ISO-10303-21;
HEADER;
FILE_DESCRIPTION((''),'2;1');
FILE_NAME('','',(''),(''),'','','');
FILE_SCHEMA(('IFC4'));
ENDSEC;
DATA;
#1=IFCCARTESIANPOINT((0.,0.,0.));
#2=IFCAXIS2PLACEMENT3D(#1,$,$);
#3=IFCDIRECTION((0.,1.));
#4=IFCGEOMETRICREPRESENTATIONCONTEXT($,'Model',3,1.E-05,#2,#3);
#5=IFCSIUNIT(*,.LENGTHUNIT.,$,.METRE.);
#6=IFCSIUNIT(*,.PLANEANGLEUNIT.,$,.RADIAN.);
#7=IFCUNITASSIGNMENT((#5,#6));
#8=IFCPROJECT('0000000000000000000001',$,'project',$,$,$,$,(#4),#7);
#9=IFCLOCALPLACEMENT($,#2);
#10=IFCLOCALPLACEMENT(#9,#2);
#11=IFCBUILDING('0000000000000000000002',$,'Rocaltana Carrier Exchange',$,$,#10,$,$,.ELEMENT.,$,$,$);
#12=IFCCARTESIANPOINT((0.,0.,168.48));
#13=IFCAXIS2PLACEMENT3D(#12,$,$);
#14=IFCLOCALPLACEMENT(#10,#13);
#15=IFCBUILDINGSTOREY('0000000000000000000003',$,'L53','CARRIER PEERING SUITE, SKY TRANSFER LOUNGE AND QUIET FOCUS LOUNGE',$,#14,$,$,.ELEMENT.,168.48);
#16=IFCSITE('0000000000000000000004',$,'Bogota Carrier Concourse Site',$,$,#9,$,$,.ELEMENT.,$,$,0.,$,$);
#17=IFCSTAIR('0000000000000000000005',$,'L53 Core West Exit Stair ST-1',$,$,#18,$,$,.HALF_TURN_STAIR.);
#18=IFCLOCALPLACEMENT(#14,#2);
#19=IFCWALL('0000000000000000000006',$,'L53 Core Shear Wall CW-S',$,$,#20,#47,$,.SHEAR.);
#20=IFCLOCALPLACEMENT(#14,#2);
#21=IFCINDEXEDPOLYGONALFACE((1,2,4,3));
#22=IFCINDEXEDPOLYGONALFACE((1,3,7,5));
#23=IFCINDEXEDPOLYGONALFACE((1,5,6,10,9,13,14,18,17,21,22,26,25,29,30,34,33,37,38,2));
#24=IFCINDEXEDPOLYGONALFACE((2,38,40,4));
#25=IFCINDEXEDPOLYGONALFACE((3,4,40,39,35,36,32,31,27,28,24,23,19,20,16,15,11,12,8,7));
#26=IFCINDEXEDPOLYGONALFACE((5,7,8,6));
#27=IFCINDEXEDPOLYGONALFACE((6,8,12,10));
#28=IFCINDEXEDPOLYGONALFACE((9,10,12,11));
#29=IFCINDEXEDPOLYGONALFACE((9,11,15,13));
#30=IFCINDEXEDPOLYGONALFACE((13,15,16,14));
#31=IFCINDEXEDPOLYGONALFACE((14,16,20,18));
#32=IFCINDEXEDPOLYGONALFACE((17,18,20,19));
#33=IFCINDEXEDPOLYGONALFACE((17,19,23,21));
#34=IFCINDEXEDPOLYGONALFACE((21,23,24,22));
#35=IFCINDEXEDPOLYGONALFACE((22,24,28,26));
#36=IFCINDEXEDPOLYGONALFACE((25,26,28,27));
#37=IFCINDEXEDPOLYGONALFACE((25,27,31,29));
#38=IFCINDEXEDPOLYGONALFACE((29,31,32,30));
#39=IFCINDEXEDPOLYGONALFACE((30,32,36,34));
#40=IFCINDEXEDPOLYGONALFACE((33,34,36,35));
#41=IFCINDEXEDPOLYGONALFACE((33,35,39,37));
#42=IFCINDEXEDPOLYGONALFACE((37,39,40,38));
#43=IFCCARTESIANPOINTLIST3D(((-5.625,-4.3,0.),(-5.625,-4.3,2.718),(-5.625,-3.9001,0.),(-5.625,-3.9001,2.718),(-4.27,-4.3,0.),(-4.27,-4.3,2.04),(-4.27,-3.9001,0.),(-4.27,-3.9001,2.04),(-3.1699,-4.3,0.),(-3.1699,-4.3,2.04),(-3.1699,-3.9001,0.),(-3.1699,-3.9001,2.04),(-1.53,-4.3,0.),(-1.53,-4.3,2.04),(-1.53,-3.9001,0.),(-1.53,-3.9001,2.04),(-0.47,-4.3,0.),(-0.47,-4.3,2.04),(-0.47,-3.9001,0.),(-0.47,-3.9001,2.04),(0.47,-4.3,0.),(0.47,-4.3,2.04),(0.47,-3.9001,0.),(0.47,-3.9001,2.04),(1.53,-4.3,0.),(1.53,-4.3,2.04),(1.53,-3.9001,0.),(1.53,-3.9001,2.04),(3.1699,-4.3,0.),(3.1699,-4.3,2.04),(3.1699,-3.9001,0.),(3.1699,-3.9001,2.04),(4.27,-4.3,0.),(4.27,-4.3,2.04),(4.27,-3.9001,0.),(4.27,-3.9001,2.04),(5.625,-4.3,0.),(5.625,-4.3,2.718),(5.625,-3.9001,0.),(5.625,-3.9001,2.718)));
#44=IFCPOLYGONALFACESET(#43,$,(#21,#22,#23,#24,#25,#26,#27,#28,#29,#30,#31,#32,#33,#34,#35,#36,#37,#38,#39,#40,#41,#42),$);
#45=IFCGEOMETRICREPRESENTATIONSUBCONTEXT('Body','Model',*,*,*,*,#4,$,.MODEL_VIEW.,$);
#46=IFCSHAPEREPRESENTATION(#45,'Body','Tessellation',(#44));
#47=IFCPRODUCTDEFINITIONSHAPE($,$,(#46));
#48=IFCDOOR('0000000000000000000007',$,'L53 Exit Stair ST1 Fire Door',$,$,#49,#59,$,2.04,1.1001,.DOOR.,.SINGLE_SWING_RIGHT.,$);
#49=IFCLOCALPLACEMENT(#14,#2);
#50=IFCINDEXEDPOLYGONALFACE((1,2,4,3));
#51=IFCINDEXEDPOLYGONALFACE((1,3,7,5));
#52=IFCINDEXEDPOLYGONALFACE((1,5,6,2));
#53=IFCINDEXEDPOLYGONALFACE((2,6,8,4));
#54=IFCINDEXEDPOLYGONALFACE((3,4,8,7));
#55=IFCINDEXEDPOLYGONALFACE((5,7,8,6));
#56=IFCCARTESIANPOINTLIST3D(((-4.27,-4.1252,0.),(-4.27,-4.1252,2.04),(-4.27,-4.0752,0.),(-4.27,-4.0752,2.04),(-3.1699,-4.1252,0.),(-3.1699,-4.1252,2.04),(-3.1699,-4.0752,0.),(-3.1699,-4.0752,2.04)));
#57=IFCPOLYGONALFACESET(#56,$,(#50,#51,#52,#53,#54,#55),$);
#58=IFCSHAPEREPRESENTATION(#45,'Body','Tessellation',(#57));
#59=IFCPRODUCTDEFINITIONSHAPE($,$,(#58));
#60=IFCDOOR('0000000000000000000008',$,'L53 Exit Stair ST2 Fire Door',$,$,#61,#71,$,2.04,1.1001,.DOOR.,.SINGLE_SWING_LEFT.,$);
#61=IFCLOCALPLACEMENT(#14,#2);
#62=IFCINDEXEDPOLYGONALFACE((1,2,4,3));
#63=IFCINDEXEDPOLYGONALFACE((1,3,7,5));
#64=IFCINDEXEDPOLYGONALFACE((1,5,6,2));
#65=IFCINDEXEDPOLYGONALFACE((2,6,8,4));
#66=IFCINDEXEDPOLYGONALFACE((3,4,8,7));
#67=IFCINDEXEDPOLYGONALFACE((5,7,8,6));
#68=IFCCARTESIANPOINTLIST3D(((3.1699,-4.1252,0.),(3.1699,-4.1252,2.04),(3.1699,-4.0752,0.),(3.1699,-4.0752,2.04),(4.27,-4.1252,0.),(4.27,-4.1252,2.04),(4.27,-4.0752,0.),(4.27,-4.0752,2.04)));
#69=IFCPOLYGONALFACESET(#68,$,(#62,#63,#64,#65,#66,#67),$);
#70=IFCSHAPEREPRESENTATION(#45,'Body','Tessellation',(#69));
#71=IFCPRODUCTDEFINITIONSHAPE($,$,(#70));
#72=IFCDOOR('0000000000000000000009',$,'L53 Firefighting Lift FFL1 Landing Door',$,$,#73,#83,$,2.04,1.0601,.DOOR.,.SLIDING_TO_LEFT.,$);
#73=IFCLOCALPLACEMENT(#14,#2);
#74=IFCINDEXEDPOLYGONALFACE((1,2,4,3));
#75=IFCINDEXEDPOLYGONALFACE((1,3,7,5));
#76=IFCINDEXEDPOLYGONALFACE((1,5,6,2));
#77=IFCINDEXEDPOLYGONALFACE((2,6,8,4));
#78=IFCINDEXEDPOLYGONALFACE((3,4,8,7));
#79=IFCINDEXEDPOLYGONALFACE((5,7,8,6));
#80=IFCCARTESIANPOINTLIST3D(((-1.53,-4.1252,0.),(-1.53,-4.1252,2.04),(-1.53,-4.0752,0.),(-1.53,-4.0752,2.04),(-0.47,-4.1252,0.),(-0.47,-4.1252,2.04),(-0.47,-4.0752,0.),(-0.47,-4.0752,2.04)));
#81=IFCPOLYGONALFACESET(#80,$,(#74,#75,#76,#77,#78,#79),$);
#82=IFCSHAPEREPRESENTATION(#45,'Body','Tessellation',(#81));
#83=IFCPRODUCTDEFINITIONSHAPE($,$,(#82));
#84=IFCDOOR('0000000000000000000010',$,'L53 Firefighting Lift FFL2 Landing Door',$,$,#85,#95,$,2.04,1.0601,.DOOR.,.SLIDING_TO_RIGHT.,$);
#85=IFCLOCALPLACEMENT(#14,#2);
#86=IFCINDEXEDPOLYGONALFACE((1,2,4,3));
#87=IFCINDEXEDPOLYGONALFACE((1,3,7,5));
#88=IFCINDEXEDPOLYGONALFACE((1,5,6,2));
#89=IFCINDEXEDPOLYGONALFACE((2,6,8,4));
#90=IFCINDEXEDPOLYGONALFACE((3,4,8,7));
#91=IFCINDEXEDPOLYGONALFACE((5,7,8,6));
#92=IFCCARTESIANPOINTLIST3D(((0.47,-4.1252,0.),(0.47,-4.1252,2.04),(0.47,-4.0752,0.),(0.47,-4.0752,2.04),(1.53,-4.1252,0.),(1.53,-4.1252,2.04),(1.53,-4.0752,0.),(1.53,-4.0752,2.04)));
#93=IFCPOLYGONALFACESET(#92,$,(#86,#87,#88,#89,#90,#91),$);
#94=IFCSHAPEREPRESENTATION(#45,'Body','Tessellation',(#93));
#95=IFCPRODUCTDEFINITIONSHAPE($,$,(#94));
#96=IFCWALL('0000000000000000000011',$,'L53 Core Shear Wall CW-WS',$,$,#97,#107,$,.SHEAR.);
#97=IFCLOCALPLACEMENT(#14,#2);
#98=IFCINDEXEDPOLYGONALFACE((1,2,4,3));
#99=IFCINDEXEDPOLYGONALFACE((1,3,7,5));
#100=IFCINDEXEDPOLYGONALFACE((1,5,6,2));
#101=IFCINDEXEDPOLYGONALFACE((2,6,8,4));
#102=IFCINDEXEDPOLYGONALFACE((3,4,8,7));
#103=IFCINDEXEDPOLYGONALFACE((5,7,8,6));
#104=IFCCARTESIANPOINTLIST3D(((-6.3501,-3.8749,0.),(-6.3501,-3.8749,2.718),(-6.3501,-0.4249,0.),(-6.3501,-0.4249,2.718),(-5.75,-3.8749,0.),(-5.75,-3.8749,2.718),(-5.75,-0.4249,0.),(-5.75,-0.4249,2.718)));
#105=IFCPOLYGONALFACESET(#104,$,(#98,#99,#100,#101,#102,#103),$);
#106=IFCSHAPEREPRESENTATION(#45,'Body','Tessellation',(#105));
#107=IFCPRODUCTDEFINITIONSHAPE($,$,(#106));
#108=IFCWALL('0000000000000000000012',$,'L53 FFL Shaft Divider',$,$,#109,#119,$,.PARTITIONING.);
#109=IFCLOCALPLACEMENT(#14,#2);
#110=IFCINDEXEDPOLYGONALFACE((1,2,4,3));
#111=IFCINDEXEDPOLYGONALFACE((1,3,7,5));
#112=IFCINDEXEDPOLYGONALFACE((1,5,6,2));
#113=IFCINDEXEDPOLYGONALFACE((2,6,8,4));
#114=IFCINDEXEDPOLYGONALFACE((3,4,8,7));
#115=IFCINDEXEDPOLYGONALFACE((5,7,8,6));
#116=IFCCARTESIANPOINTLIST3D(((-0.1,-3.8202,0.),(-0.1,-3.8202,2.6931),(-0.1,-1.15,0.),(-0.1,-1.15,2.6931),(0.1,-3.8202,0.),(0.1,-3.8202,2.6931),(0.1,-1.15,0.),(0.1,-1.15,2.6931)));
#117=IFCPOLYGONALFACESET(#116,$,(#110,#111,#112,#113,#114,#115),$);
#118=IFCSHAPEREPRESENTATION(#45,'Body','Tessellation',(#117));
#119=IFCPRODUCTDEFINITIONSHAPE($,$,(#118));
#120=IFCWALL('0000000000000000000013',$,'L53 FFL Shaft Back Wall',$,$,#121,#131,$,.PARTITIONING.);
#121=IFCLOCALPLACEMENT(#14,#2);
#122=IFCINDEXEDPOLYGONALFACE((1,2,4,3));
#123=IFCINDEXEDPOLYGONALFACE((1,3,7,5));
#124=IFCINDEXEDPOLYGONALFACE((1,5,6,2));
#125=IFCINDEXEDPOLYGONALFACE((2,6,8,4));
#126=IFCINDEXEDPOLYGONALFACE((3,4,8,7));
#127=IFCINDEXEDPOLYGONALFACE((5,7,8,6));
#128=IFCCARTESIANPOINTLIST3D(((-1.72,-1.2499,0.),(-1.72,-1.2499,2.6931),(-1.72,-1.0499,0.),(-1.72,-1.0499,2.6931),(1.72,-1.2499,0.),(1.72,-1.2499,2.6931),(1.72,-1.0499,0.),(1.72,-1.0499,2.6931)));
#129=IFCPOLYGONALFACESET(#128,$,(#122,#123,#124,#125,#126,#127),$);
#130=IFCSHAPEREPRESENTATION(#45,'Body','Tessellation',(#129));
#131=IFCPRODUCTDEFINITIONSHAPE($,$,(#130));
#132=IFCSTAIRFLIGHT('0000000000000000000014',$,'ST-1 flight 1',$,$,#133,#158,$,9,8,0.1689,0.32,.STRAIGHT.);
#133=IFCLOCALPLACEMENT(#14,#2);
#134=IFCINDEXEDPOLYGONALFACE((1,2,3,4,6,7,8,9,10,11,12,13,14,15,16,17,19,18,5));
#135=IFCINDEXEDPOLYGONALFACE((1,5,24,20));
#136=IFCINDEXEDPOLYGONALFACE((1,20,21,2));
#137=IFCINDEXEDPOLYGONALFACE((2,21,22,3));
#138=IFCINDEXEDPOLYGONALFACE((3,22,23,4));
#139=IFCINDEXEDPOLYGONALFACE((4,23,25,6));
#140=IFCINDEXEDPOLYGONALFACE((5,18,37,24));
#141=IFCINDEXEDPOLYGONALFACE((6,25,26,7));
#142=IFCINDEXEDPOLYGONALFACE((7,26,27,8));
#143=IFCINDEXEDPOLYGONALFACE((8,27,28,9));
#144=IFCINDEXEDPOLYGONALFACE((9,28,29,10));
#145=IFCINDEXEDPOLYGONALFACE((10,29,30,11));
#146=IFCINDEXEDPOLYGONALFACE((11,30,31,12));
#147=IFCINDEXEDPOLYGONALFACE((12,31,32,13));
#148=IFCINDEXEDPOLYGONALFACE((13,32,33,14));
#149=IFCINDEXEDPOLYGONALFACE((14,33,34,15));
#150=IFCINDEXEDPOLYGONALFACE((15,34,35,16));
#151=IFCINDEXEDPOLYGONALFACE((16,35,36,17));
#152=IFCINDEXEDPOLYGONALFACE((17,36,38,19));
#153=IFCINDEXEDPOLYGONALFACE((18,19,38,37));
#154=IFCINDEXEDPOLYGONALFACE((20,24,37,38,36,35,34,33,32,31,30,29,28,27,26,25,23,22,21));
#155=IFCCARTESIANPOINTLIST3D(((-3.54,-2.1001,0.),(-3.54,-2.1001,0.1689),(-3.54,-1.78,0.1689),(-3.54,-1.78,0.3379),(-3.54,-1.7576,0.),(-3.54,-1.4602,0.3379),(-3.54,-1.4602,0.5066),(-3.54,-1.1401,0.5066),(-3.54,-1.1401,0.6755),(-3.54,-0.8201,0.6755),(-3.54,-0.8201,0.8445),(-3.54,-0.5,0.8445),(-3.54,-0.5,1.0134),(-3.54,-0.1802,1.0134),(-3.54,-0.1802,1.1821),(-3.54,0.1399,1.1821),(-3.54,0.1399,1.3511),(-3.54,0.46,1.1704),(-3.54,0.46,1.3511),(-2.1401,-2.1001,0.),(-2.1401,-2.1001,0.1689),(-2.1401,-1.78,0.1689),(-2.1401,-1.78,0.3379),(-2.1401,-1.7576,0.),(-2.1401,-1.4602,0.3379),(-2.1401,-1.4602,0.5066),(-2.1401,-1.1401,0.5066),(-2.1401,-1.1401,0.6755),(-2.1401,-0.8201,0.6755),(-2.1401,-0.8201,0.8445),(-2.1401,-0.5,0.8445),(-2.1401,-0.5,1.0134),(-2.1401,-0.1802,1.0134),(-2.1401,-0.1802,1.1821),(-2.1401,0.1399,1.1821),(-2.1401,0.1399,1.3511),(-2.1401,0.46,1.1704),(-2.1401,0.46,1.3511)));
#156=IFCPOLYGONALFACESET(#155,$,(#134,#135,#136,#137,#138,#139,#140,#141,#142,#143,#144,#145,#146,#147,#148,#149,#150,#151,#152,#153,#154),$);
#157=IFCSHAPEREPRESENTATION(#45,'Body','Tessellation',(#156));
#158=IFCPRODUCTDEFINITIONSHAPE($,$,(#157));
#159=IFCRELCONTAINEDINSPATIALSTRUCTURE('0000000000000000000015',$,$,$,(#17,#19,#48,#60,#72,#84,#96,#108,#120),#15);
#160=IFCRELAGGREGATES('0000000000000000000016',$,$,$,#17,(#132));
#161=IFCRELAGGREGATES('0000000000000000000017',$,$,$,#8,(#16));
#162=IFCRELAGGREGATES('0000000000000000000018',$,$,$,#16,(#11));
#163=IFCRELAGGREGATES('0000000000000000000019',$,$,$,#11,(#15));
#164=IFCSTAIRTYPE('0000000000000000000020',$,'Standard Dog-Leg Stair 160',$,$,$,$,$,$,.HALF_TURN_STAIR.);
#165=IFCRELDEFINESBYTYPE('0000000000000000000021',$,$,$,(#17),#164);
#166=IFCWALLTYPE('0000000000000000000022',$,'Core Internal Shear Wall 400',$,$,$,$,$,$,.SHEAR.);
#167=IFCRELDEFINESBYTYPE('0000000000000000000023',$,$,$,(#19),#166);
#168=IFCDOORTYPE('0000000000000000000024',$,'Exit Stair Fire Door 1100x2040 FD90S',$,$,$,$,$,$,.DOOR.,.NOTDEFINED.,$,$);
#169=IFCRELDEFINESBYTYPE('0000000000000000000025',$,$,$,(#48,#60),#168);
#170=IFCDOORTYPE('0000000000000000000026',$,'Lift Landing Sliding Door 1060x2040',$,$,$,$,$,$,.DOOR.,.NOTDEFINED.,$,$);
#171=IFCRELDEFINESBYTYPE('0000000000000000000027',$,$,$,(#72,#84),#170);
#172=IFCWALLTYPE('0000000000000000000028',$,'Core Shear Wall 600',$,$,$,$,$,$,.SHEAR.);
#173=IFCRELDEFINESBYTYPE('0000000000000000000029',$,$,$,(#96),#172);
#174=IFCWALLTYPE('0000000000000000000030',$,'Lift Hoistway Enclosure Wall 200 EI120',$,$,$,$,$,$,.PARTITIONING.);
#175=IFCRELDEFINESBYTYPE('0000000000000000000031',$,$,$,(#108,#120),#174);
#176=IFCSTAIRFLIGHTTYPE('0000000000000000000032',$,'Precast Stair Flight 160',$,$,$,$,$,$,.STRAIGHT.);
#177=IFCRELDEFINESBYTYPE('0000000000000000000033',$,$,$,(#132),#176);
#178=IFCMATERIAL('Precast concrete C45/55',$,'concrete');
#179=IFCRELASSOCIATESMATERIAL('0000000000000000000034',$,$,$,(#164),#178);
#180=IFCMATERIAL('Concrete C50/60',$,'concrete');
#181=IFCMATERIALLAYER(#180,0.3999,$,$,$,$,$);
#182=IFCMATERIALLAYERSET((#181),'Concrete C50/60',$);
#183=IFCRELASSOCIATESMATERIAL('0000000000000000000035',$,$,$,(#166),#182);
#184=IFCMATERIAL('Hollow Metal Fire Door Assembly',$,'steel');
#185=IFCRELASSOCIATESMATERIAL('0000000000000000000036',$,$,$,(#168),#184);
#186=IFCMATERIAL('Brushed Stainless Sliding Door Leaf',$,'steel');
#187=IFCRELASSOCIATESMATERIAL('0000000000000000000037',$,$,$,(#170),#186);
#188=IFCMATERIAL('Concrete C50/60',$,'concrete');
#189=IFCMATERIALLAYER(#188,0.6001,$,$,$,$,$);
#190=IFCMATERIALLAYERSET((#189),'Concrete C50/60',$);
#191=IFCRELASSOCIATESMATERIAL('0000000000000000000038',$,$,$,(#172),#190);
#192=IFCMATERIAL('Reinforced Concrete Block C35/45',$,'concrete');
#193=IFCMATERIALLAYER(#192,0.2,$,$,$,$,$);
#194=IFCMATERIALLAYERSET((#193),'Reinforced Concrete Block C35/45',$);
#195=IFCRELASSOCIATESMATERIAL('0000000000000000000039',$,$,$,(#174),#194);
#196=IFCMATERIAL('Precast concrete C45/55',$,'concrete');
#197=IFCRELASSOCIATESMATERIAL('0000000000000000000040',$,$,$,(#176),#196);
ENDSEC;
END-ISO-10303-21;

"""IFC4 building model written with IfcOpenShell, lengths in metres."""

from ifc_helpers import new_model, si_unit, direction, frame, frame_2d, origin, place, context, subcontext, project, spatial, polyline, rectangle, outline, extrude, material, layer, layer_set, type_object, element, fill, aggregate, save


model = new_model("IFC4")

# Units and contexts
model_context = context("Model", 3, precision=1e-05, world=origin(), true_north=direction((0.0, 1.0)))
body_context = subcontext(model_context, "Body", "Model", "MODEL_VIEW")
ifc_project = project(units=[si_unit("LENGTHUNIT", "METRE"), si_unit("PLANEANGLEUNIT", "RADIAN")], contexts=[model_context])

# Site, building, storey
site_placement = place(None, origin())
site = spatial("IfcSite", under=ifc_project, at=site_placement, Name="Bogota Carrier Concourse Site", CompositionType="ELEMENT", RefElevation=0.0)
building_placement = place(site_placement, origin())
building = spatial("IfcBuilding", under=site, at=building_placement, Name="Rocaltana Carrier Exchange", CompositionType="ELEMENT")
storey_placement = place(building_placement, frame((0.0, 0.0, 168.48)))
storey = spatial("IfcBuildingStorey", under=building, at=storey_placement, Name="L53", Description="CARRIER PEERING SUITE, SKY TRANSFER LOUNGE AND QUIET FOCUS LOUNGE", CompositionType="ELEMENT", Elevation=168.48)

# Stair
ifc_material_1 = material(Name="Precast concrete C45/55", Category="concrete")
stair_type = type_object("IfcStairType", Name="Standard Dog-Leg Stair 160", PredefinedType="HALF_TURN_STAIR", material=ifc_material_1)
stair_placement = place(storey_placement, origin())
stair = element("IfcStair", 1, at=stair_placement, inside=storey, type_object=stair_type, Name="L53 Core West Exit Stair ST-1", PredefinedType="HALF_TURN_STAIR")

# Wall, openings, doors
ifc_material_2 = material(Name="Concrete C50/60", Category="concrete")
ifc_layer_1 = layer(ifc_material_2, 0.3999)
ifc_layer_set_1 = layer_set([ifc_layer_1], Name="Concrete C50/60")
wall_type_1 = type_object("IfcWallType", Name="Core Internal Shear Wall 400", PredefinedType="SHEAR", material=ifc_layer_set_1)
wall_1_placement = place(storey_placement, frame((-5.625, -4.1001, 0.0), z_axis=(0.0, 0.0, 1.0), x_axis=(1.0, 0.0, 0.0)))
wall_1 = element("IfcWall", 2, at=wall_1_placement, inside=storey, type_object=wall_type_1, Name="L53 Core Shear Wall CW-S", PredefinedType="SHEAR", context=body_context, shape_type="SweptSolid", body=[
    extrude(rectangle(XDim=11.25, YDim=0.3999, at=frame_2d((5.625, 0.0))), origin(), (0.0, 0.0, 1.0), 2.718),
])
opening_1_placement = place(wall_1_placement, frame((1.355, 0.0, 0.0)))
opening_1 = element("IfcOpeningElement", 3, at=opening_1_placement, cuts=wall_1, PredefinedType="OPENING", context=body_context, shape_type="SweptSolid", body=[
    extrude(rectangle(XDim=1.1001, YDim=2.04, at=frame_2d((0.55, 1.02))), frame((0.0, 0.21, 0.0), z_axis=(0.0, -1.0, 0.0), x_axis=(1.0, 0.0, 0.0)), (0.0, 0.0, 1.0), 0.4199),
])
opening_2_placement = place(wall_1_placement, frame((8.7949, 0.0, 0.0)))
opening_2 = element("IfcOpeningElement", 4, at=opening_2_placement, cuts=wall_1, PredefinedType="OPENING", context=body_context, shape_type="SweptSolid", body=[
    extrude(rectangle(XDim=1.1001, YDim=2.04, at=frame_2d((0.55, 1.02))), frame((0.0, 0.21, 0.0), z_axis=(0.0, -1.0, 0.0), x_axis=(1.0, 0.0, 0.0)), (0.0, 0.0, 1.0), 0.4199),
])
opening_3_placement = place(wall_1_placement, frame((4.095, 0.0, 0.0)))
opening_3 = element("IfcOpeningElement", 5, at=opening_3_placement, cuts=wall_1, PredefinedType="OPENING", context=body_context, shape_type="SweptSolid", body=[
    extrude(rectangle(XDim=1.0601, YDim=2.04, at=frame_2d((0.53, 1.02))), frame((0.0, 0.21, 0.0), z_axis=(0.0, -1.0, 0.0), x_axis=(1.0, 0.0, 0.0)), (0.0, 0.0, 1.0), 0.4199),
])
opening_4_placement = place(wall_1_placement, frame((6.095, 0.0, 0.0)))
opening_4 = element("IfcOpeningElement", 6, at=opening_4_placement, cuts=wall_1, PredefinedType="OPENING", context=body_context, shape_type="SweptSolid", body=[
    extrude(rectangle(XDim=1.0601, YDim=2.04, at=frame_2d((0.53, 1.02))), frame((0.0, 0.21, 0.0), z_axis=(0.0, -1.0, 0.0), x_axis=(1.0, 0.0, 0.0)), (0.0, 0.0, 1.0), 0.4199),
])
ifc_material_3 = material(Name="Hollow Metal Fire Door Assembly", Category="steel")
door_type_1 = type_object("IfcDoorType", Name="Exit Stair Fire Door 1100x2040 FD90S", OperationType="NOTDEFINED", PredefinedType="DOOR", material=ifc_material_3)
door_1_placement = place(opening_1_placement, origin())
door_1 = element("IfcDoor", 7, at=door_1_placement, inside=storey, type_object=door_type_1, Name="L53 Exit Stair ST1 Fire Door", OperationType="SINGLE_SWING_RIGHT", OverallHeight=2.04, OverallWidth=1.1001, PredefinedType="DOOR", context=body_context, shape_type="SweptSolid", body=[
    extrude(rectangle(XDim=1.1001, YDim=2.04, at=frame_2d((0.55, 1.02))), frame((0.0, 0.0249, 0.0), z_axis=(0.0, -1.0, 0.0), x_axis=(1.0, 0.0, 0.0)), (0.0, 0.0, 1.0), 0.05),
])
fill(opening_1, door_1)
door_2_placement = place(opening_2_placement, origin())
door_2 = element("IfcDoor", 8, at=door_2_placement, inside=storey, type_object=door_type_1, Name="L53 Exit Stair ST2 Fire Door", OperationType="SINGLE_SWING_LEFT", OverallHeight=2.04, OverallWidth=1.1001, PredefinedType="DOOR", context=body_context, shape_type="SweptSolid", body=[
    extrude(rectangle(XDim=1.1001, YDim=2.04, at=frame_2d((0.55, 1.02))), frame((0.0, 0.0249, 0.0), z_axis=(0.0, -1.0, 0.0), x_axis=(1.0, 0.0, 0.0)), (0.0, 0.0, 1.0), 0.05),
])
fill(opening_2, door_2)
ifc_material_4 = material(Name="Brushed Stainless Sliding Door Leaf", Category="steel")
door_type_2 = type_object("IfcDoorType", Name="Lift Landing Sliding Door 1060x2040", OperationType="NOTDEFINED", PredefinedType="DOOR", material=ifc_material_4)
door_3_placement = place(opening_3_placement, origin())
door_3 = element("IfcDoor", 9, at=door_3_placement, inside=storey, type_object=door_type_2, Name="L53 Firefighting Lift FFL1 Landing Door", OperationType="SLIDING_TO_LEFT", OverallHeight=2.04, OverallWidth=1.0601, PredefinedType="DOOR", context=body_context, shape_type="SweptSolid", body=[
    extrude(rectangle(XDim=1.0601, YDim=2.04, at=frame_2d((0.53, 1.02))), frame((0.0, 0.0249, 0.0), z_axis=(0.0, -1.0, 0.0), x_axis=(1.0, 0.0, 0.0)), (0.0, 0.0, 1.0), 0.05),
])
fill(opening_3, door_3)
door_4_placement = place(opening_4_placement, origin())
door_4 = element("IfcDoor", 10, at=door_4_placement, inside=storey, type_object=door_type_2, Name="L53 Firefighting Lift FFL2 Landing Door", OperationType="SLIDING_TO_RIGHT", OverallHeight=2.04, OverallWidth=1.0601, PredefinedType="DOOR", context=body_context, shape_type="SweptSolid", body=[
    extrude(rectangle(XDim=1.0601, YDim=2.04, at=frame_2d((0.53, 1.02))), frame((0.0, 0.0249, 0.0), z_axis=(0.0, -1.0, 0.0), x_axis=(1.0, 0.0, 0.0)), (0.0, 0.0, 1.0), 0.05),
])
fill(opening_4, door_4)

# Walls
ifc_material_5 = material(Name="Concrete C50/60", Category="concrete")
ifc_layer_2 = layer(ifc_material_5, 0.6001)
ifc_layer_set_2 = layer_set([ifc_layer_2], Name="Concrete C50/60")
wall_type_2 = type_object("IfcWallType", Name="Core Shear Wall 600", PredefinedType="SHEAR", material=ifc_layer_set_2)
wall_2_placement = place(storey_placement, frame((-6.05, -3.875, 0.0), z_axis=(0.0, 0.0, 1.0), x_axis=(0.0, 1.0, 0.0)))
element("IfcWall", 11, at=wall_2_placement, inside=storey, type_object=wall_type_2, Name="L53 Core Shear Wall CW-WS", PredefinedType="SHEAR", context=body_context, shape_type="SweptSolid", body=[
    extrude(rectangle(XDim=3.45, YDim=0.6001, at=frame_2d((1.7251, 0.0))), origin(), (0.0, 0.0, 1.0), 2.718),
])
ifc_material_6 = material(Name="Reinforced Concrete Block C35/45", Category="concrete")
ifc_layer_3 = layer(ifc_material_6, 0.2)
ifc_layer_set_3 = layer_set([ifc_layer_3], Name="Reinforced Concrete Block C35/45")
wall_type_3 = type_object("IfcWallType", Name="Lift Hoistway Enclosure Wall 200 EI120", PredefinedType="PARTITIONING", material=ifc_layer_set_3)
wall_3_placement = place(storey_placement, frame((0.0, -3.8201, 0.0), z_axis=(0.0, 0.0, 1.0), x_axis=(0.0, 1.0, 0.0)))
element("IfcWall", 12, at=wall_3_placement, inside=storey, type_object=wall_type_3, Name="L53 FFL Shaft Divider", PredefinedType="PARTITIONING", context=body_context, shape_type="SweptSolid", body=[
    extrude(rectangle(XDim=2.6702, YDim=0.2, at=frame_2d((1.335, 0.0))), origin(), (0.0, 0.0, 1.0), 2.6931),
])
wall_4_placement = place(storey_placement, frame((-1.72, -1.1499, 0.0), z_axis=(0.0, 0.0, 1.0), x_axis=(1.0, 0.0, 0.0)))
element("IfcWall", 13, at=wall_4_placement, inside=storey, type_object=wall_type_3, Name="L53 FFL Shaft Back Wall", PredefinedType="PARTITIONING", context=body_context, shape_type="SweptSolid", body=[
    extrude(rectangle(XDim=3.4399, YDim=0.2, at=frame_2d((1.72, 0.0))), origin(), (0.0, 0.0, 1.0), 2.6931),
])

# Stair flight
ifc_material_7 = material(Name="Precast concrete C45/55", Category="concrete")
stair_flight_type = type_object("IfcStairFlightType", Name="Precast Stair Flight 160", PredefinedType="STRAIGHT", material=ifc_material_7)
stair_flight_placement = place(storey_placement, frame((-2.8401, -2.1001, 0.0), z_axis=(0.0, 0.0, 1.0), x_axis=(0.0, 1.0, 0.0)))
stair_flight = element("IfcStairFlight", 14, at=stair_flight_placement, type_object=stair_flight_type, Name="ST-1 flight 1", NumberOfRisers=9, NumberOfTreads=8, PredefinedType="STRAIGHT", RiserHeight=0.1689, TreadLength=0.32, context=body_context, shape_type="SweptSolid", body=[
    extrude(outline(polyline([(0.0, 0.0), (0.0, 0.1689), (0.3201, 0.1689), (0.3201, 0.3379), (0.6399, 0.3379), (0.6399, 0.5066), (0.96, 0.5066), (0.96, 0.6755), (1.28, 0.6755), (1.28, 0.8445), (1.6001, 0.8445), (1.6001, 1.0134), (1.9199, 1.0134), (1.9199, 1.1821), (2.24, 1.1821), (2.24, 1.3511), (2.5601, 1.3511), (2.5601, 1.52), (2.5601, 1.1704), (0.3425, 0.0), (0.0, 0.0)])), frame((0.0, 0.7, 0.0), z_axis=(0.0, -1.0, 0.0), x_axis=(1.0, 0.0, 0.0)), (0.0, 0.0, 1.0), 1.3999),
])
aggregate(stair, [stair_flight])

save(model, "model.ifc")
